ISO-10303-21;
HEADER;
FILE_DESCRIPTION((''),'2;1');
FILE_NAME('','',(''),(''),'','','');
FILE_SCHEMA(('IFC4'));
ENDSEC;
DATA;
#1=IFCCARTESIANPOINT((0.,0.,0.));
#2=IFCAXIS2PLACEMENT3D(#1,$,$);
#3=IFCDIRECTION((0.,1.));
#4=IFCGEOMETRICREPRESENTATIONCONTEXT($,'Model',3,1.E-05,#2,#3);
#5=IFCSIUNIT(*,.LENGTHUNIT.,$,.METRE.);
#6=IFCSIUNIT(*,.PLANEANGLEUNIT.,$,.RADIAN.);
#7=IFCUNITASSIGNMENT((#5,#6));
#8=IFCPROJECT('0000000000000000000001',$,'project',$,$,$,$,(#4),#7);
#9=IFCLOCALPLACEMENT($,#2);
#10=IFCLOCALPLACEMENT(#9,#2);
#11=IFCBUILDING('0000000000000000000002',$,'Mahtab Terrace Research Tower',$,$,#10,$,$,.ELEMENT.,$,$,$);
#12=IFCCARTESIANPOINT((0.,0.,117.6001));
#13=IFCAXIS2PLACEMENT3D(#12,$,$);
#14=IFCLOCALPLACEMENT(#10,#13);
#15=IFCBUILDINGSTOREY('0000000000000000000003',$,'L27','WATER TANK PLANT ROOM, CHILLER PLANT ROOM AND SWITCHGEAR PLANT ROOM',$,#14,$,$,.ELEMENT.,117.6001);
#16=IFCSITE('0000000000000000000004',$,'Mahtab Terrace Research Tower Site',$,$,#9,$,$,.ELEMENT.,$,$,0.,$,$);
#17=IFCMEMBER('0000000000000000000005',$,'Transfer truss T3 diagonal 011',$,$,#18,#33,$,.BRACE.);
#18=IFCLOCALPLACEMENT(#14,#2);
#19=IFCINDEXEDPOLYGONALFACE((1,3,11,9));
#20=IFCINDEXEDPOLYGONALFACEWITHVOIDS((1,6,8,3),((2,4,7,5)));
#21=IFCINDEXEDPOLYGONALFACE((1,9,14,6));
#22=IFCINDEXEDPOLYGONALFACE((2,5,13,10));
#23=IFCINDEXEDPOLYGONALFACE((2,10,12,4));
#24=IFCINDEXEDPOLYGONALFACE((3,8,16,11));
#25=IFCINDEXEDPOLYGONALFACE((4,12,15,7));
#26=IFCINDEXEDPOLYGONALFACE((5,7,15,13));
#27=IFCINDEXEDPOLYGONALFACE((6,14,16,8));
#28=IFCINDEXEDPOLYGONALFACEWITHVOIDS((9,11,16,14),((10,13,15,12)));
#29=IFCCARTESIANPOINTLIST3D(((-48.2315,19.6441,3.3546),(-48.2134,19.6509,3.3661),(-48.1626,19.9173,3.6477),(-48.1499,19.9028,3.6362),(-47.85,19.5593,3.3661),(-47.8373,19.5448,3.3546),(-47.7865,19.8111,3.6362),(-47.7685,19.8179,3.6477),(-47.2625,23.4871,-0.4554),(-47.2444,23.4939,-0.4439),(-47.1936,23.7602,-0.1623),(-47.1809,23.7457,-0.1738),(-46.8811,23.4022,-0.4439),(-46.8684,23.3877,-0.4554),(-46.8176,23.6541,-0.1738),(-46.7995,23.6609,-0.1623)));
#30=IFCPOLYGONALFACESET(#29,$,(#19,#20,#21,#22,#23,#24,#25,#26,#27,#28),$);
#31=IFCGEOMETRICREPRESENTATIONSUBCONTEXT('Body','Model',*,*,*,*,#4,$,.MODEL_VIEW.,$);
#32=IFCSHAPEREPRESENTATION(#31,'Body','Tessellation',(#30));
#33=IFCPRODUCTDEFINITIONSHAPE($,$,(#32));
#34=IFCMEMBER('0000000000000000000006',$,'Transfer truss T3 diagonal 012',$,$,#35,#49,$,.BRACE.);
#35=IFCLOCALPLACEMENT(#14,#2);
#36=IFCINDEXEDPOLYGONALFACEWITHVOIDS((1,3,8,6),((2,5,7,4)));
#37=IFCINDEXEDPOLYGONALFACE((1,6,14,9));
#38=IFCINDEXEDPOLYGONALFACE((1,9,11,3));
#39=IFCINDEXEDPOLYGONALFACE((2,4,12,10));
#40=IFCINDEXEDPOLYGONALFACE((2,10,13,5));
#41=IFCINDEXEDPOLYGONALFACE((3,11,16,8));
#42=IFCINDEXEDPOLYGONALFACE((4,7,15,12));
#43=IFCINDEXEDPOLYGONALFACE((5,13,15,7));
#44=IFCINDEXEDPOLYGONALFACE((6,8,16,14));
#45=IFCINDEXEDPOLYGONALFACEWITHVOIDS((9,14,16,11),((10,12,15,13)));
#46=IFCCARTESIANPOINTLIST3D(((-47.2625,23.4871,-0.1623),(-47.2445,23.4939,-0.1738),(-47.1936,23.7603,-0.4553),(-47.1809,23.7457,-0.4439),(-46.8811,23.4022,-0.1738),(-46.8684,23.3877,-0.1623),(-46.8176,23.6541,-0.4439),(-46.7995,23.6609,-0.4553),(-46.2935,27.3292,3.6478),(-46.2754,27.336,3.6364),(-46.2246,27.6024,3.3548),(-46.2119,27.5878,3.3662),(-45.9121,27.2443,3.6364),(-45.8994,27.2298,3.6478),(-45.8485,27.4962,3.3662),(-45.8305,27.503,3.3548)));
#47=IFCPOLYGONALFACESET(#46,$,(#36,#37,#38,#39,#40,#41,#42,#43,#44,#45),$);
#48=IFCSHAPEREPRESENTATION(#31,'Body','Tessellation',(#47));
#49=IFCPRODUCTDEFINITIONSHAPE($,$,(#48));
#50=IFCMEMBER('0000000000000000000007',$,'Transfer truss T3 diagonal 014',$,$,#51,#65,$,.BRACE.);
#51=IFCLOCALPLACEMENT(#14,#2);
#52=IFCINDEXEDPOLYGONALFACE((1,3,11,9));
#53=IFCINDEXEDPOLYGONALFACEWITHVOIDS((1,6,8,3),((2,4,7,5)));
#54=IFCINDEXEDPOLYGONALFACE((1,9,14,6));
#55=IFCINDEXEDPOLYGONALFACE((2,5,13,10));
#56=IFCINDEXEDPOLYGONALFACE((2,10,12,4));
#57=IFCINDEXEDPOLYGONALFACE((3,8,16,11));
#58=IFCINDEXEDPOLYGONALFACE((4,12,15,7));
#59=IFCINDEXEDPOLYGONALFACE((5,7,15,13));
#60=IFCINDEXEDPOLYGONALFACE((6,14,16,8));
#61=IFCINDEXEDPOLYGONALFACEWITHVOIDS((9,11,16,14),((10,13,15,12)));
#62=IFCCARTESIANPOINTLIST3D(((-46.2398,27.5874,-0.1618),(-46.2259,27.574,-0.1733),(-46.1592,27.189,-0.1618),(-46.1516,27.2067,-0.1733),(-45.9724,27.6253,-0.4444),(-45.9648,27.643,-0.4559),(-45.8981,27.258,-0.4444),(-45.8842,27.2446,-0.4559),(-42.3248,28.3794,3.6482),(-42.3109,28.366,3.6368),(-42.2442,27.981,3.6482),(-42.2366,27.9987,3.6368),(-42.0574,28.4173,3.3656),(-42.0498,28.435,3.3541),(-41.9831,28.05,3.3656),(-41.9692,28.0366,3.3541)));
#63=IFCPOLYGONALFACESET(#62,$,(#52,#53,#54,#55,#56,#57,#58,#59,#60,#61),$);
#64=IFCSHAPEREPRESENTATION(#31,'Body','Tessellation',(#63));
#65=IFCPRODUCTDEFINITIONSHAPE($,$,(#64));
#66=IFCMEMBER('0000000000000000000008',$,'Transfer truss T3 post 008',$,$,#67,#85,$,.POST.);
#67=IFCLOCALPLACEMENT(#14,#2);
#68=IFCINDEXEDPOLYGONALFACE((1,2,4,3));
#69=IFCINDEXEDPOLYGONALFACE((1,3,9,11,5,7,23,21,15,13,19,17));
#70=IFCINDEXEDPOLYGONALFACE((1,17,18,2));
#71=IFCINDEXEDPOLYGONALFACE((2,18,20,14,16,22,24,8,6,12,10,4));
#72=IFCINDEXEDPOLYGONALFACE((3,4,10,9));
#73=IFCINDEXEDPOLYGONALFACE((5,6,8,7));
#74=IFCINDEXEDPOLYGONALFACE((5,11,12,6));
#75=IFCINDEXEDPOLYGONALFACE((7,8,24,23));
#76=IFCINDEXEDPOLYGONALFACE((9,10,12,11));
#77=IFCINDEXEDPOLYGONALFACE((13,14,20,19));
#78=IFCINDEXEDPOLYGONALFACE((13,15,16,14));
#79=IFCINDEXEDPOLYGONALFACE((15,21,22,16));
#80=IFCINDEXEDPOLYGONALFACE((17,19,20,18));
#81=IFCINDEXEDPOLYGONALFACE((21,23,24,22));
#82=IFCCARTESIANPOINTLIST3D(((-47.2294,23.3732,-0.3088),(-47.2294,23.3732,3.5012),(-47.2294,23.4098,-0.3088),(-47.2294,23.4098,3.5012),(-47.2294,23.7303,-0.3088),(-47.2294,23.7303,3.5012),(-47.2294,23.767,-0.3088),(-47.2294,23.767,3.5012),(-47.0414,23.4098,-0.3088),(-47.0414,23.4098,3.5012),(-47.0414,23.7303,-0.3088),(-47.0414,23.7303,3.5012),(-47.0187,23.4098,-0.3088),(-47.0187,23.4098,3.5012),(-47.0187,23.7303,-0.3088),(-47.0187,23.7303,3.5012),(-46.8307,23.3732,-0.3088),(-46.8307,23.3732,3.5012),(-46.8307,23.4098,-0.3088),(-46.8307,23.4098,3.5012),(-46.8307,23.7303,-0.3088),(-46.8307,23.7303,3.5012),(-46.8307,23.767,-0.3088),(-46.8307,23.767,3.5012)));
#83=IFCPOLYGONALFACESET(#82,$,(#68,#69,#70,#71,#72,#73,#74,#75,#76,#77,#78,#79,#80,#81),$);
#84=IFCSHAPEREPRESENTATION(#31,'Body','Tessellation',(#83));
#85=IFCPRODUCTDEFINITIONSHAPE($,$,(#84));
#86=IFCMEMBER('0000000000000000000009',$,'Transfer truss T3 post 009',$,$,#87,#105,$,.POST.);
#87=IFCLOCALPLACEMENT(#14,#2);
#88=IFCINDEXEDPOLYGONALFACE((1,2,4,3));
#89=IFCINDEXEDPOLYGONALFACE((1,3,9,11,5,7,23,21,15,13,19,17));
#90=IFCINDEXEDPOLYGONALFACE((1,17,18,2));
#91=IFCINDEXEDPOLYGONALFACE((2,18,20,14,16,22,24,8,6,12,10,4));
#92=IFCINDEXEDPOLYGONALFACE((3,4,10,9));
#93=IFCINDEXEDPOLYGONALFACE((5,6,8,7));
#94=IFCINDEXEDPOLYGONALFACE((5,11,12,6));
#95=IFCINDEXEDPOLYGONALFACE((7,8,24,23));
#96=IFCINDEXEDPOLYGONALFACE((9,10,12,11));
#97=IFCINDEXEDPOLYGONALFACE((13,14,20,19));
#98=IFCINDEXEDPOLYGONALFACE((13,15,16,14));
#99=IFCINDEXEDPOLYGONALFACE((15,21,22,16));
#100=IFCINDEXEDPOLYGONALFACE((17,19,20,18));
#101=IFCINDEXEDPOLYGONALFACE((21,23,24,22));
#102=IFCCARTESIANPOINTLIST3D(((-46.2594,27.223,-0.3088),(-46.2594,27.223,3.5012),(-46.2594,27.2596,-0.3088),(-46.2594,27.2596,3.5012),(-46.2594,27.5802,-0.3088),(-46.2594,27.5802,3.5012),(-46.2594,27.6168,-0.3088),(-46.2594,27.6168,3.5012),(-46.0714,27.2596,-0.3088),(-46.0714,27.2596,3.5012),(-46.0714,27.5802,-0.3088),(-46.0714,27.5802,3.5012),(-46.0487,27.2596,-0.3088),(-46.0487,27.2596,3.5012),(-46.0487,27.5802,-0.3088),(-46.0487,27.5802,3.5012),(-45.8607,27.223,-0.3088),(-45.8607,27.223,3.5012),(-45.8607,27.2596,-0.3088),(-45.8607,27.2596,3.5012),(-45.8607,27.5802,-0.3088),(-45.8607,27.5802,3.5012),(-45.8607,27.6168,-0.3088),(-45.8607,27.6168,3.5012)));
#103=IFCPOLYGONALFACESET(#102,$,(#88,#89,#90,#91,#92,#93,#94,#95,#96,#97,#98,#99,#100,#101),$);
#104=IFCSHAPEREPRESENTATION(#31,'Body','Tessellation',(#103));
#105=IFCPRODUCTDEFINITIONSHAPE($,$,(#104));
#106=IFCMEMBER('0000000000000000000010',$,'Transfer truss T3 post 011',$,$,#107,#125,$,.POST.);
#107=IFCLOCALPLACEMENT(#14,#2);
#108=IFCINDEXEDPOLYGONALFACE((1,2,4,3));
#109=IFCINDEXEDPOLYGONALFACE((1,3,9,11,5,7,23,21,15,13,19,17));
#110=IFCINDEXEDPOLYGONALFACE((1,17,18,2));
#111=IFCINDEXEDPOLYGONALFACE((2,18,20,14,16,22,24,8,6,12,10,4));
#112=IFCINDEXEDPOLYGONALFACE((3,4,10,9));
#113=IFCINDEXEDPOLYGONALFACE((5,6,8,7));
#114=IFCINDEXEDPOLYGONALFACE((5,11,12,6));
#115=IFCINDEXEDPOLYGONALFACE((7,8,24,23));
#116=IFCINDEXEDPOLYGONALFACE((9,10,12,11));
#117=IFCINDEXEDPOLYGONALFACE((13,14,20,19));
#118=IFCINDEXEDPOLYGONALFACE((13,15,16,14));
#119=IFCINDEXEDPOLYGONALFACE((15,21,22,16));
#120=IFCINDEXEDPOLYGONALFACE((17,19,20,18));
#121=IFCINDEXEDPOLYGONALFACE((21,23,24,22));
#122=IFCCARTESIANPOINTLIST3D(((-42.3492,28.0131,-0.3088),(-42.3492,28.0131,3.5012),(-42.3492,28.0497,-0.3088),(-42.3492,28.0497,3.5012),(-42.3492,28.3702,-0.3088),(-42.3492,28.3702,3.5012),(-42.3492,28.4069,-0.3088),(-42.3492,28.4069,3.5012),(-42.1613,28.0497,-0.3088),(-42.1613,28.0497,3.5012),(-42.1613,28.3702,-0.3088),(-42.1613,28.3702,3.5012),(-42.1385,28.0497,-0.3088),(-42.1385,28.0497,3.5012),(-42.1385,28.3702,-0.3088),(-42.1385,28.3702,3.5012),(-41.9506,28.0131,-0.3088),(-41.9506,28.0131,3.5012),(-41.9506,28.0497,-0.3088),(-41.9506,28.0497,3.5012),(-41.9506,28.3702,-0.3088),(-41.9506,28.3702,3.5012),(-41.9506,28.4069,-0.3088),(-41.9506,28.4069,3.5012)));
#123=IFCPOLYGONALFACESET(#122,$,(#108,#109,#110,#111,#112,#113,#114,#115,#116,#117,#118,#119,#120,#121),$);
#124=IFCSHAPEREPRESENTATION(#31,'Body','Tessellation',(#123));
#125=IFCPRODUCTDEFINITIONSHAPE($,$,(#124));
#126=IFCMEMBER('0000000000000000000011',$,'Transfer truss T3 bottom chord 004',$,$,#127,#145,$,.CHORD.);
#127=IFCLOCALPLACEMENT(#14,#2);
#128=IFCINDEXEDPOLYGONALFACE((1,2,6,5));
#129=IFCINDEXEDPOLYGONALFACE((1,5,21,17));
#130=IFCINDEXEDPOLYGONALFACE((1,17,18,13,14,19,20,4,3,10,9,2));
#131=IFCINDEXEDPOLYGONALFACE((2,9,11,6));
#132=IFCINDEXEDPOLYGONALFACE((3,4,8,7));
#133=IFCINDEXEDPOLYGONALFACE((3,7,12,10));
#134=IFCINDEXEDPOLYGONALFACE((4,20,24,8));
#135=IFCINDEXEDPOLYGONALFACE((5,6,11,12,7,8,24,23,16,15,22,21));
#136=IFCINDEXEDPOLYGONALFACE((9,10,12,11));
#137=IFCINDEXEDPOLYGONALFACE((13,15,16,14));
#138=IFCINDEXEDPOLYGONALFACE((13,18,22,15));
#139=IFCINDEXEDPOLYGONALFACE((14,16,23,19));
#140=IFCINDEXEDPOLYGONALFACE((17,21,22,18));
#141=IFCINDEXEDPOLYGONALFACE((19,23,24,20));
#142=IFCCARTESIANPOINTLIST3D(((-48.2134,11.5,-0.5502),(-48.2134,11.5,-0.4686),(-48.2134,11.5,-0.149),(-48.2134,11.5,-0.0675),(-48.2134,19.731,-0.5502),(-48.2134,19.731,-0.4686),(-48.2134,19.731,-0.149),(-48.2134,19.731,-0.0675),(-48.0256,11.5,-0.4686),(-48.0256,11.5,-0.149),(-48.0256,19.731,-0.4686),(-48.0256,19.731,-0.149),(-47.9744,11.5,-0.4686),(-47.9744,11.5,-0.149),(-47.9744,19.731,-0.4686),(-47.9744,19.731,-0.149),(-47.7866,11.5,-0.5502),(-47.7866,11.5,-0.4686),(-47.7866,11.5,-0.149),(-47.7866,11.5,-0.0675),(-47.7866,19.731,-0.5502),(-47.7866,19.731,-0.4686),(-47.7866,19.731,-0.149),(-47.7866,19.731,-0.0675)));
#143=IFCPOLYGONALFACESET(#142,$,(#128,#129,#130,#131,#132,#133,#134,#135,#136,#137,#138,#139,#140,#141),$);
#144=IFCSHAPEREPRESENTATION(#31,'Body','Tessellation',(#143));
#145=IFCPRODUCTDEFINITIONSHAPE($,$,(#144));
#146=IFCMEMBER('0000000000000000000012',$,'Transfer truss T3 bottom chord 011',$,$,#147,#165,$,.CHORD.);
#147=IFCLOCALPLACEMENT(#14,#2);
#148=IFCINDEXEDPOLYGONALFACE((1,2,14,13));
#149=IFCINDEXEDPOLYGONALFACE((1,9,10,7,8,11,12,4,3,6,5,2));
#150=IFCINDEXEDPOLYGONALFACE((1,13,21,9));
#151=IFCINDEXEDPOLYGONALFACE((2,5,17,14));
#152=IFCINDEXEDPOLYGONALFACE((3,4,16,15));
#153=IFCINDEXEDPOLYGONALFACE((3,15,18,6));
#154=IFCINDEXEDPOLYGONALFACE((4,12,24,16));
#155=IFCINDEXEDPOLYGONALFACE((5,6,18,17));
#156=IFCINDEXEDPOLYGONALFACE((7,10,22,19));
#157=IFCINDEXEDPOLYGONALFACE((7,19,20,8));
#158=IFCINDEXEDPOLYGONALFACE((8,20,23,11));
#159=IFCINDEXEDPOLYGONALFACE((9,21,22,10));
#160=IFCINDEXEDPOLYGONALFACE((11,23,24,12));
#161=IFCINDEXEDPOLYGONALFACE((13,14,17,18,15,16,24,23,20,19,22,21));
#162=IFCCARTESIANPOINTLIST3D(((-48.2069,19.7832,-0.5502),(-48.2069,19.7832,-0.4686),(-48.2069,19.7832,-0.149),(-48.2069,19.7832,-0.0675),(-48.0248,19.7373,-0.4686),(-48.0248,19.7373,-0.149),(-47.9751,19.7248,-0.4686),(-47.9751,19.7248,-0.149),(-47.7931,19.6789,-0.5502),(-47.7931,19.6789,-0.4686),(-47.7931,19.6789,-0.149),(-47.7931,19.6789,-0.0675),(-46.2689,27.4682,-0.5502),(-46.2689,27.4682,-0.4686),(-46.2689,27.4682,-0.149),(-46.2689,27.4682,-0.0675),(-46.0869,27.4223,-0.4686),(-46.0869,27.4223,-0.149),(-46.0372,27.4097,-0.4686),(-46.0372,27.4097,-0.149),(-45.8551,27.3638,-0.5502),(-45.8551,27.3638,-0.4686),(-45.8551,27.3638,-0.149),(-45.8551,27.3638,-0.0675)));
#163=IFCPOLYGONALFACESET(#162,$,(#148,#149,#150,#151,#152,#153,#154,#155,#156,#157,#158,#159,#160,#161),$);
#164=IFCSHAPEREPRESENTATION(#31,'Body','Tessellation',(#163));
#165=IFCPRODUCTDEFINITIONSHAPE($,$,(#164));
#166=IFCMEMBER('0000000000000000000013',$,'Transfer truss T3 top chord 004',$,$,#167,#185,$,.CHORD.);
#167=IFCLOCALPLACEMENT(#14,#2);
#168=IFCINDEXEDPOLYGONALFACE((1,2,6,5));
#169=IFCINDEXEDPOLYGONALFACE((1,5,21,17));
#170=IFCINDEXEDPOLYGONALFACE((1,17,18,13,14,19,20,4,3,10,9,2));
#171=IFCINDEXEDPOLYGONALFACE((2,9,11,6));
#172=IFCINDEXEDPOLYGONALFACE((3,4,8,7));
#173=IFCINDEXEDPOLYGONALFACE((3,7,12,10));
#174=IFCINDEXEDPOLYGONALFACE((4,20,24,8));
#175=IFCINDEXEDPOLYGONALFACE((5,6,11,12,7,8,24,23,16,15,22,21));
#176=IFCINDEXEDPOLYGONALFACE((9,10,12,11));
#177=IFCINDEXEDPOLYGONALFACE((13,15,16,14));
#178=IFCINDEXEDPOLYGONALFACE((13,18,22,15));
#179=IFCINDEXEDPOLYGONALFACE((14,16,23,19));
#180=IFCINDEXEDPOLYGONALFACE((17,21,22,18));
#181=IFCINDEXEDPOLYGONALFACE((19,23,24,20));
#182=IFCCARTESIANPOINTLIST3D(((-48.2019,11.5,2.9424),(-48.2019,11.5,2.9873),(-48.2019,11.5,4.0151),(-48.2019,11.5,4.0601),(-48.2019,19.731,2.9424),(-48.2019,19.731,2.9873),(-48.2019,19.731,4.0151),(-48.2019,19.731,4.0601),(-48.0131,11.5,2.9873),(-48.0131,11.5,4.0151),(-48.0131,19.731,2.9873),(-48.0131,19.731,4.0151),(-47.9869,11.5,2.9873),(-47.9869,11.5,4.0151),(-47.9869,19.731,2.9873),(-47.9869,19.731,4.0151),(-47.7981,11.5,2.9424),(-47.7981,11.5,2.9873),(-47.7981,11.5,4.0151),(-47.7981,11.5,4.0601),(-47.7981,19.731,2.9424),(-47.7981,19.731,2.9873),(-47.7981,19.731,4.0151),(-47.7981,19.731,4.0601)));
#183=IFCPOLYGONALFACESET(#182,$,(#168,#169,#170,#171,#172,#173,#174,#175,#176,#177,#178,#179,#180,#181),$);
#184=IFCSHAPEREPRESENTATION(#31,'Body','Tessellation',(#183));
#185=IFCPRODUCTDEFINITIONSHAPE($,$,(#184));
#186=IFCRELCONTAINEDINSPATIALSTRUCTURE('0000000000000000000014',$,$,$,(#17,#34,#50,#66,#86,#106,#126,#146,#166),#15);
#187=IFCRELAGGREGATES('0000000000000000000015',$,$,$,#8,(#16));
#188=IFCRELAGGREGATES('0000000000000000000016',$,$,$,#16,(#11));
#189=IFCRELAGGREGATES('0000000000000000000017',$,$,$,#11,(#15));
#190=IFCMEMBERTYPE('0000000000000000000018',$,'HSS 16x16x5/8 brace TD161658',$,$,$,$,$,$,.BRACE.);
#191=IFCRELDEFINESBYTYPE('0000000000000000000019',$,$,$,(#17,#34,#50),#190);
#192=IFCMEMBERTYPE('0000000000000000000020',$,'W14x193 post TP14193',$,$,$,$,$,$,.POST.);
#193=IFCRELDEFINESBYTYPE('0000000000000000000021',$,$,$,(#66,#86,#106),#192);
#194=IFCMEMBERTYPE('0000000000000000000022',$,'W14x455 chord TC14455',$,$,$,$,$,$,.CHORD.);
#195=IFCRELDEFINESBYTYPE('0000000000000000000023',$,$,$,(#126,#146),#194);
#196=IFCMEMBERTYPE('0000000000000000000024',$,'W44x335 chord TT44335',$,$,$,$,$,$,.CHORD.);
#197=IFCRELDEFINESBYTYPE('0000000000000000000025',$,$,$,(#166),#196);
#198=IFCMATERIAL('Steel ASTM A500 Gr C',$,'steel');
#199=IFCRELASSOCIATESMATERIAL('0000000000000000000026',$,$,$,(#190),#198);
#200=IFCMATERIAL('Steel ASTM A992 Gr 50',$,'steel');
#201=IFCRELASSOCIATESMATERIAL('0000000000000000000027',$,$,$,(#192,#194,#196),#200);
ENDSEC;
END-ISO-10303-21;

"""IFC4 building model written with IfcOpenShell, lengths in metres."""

from ifc_helpers import new_model, si_unit, direction, frame, origin, origin_2d, place, context, subcontext, project, spatial, hollow_rectangle, i_section, extrude, material, material_profile, profile_set, type_object, element, save


model = new_model("IFC4")

# Units and contexts
model_context = context("Model", 3, precision=1e-05, world=origin(), true_north=direction((0.0, 1.0)))
body_context = subcontext(model_context, "Body", "Model", "MODEL_VIEW")
ifc_project = project(units=[si_unit("LENGTHUNIT", "METRE"), si_unit("PLANEANGLEUNIT", "RADIAN")], contexts=[model_context])

# Site, building, storey
site_placement = place(None, origin())
site = spatial("IfcSite", under=ifc_project, at=site_placement, Name="Mahtab Terrace Research Tower Site", CompositionType="ELEMENT", RefElevation=0.0)
building_placement = place(site_placement, origin())
building = spatial("IfcBuilding", under=site, at=building_placement, Name="Mahtab Terrace Research Tower", CompositionType="ELEMENT")
storey_placement = place(building_placement, frame((0.0, 0.0, 117.6001)))
storey = spatial("IfcBuildingStorey", under=building, at=storey_placement, Name="L27", Description="WATER TANK PLANT ROOM, CHILLER PLANT ROOM AND SWITCHGEAR PLANT ROOM", CompositionType="ELEMENT", Elevation=117.6001)

# Members
ifc_material_1 = material(Name="Steel ASTM A500 Gr C", Category="steel")
ifc_material_profile_1 = material_profile(ifc_material_1, hollow_rectangle(XDim=0.4065, YDim=0.4065, WallThickness=0.0159, at=origin_2d()), Name="HSS16X16X5/8")
ifc_profile_set_1 = profile_set([ifc_material_profile_1], Name="Steel ASTM A500 Gr C")
member_type_1 = type_object("IfcMemberType", Name="HSS 16x16x5/8 brace TD161658", PredefinedType="BRACE", material=ifc_profile_set_1)
member_1_placement = place(storey_placement, frame((-47.031, 23.574, -0.3088), z_axis=(-0.176256, -0.699028, 0.693033), x_axis=(0.969651, -0.244492, 0.0)))
element("IfcMember", 1, at=member_1_placement, inside=storey, type_object=member_type_1, Name="Transfer truss T3 diagonal 011", PredefinedType="BRACE", context=body_context, shape_type="SweptSolid", body=[
    extrude(hollow_rectangle(XDim=0.4065, YDim=0.4065, WallThickness=0.0159, at=origin_2d()), origin(), (0.0, 0.0, 1.0), 5.4976),
])
member_2_placement = place(storey_placement, frame((-47.031, 23.574, -0.3088), z_axis=(0.176278, 0.698937, 0.693119), x_axis=(-0.969637, 0.24455, 0.0)))
element("IfcMember", 2, at=member_2_placement, inside=storey, type_object=member_type_1, Name="Transfer truss T3 diagonal 012", PredefinedType="BRACE", context=body_context, shape_type="SweptSolid", body=[
    extrude(hollow_rectangle(XDim=0.4065, YDim=0.4065, WallThickness=0.0159, at=origin_2d()), origin(), (0.0, 0.0, 1.0), 5.4971),
])
member_3_placement = place(storey_placement, frame((-46.062, 27.416, -0.3088), z_axis=(0.709235, 0.143475, 0.690217), x_axis=(-0.198278, 0.980146, 0.0)))
element("IfcMember", 3, at=member_3_placement, inside=storey, type_object=member_type_1, Name="Transfer truss T3 diagonal 014", PredefinedType="BRACE", context=body_context, shape_type="SweptSolid", body=[
    extrude(hollow_rectangle(XDim=0.4065, YDim=0.4065, WallThickness=0.0159, at=origin_2d()), origin(), (0.0, 0.0, 1.0), 5.52),
])
ifc_material_2 = material(Name="Steel ASTM A992 Gr 50", Category="steel")
ifc_material_profile_2 = material_profile(ifc_material_2, i_section(OverallWidth=0.3987, OverallDepth=0.3938, WebThickness=0.0227, FlangeThickness=0.0366, at=origin_2d()), Name="W14X193")
ifc_profile_set_2 = profile_set([ifc_material_profile_2], Name="Steel ASTM A992 Gr 50")
member_type_2 = type_object("IfcMemberType", Name="W14x193 post TP14193", PredefinedType="POST", material=ifc_profile_set_2)
for number, where, z_axis, x_axis, name in (
    (4, (-47.03, 23.5701, -0.3088), (0.0, 0.0, 1.0), (1.0, 0.0, 0.0), "Transfer truss T3 post 008"),
    (5, (-46.0601, 27.4199, -0.3088), (0.0, 0.0, 1.0), (1.0, 0.0, 0.0), "Transfer truss T3 post 009"),
    (6, (-42.1499, 28.21, -0.3088), (0.0, 0.0, 1.0), (1.0, 0.0, 0.0), "Transfer truss T3 post 011"),
):
    element("IfcMember", number, at=place(storey_placement, frame(where, z_axis=z_axis, x_axis=x_axis)), inside=storey, type_object=member_type_2, Name=name, PredefinedType="POST", context=body_context, shape_type="SweptSolid", body=[
        extrude(i_section(OverallWidth=0.3987, OverallDepth=0.3938, WebThickness=0.0227, FlangeThickness=0.0366, at=origin_2d()), origin(), (0.0, 0.0, 1.0), 3.8101),
    ])
ifc_material_profile_3 = material_profile(ifc_material_2, i_section(OverallWidth=0.4268, OverallDepth=0.4827, WebThickness=0.0513, FlangeThickness=0.0815, at=origin_2d()), Name="W14X455")
ifc_profile_set_3 = profile_set([ifc_material_profile_3], Name="Steel ASTM A992 Gr 50")
member_type_3 = type_object("IfcMemberType", Name="W14x455 chord TC14455", PredefinedType="CHORD", material=ifc_profile_set_3)
member_4_placement = place(storey_placement, frame((-48.0, 19.731, -0.3088), z_axis=(0.0, -1.0, 0.0), x_axis=(1.0, 0.0, 0.0)))
element("IfcMember", 7, at=member_4_placement, inside=storey, type_object=member_type_3, Name="Transfer truss T3 bottom chord 004", PredefinedType="CHORD", context=body_context, shape_type="SweptSolid", body=[
    extrude(i_section(OverallWidth=0.4268, OverallDepth=0.4827, WebThickness=0.0513, FlangeThickness=0.0815, at=origin_2d()), origin(), (0.0, 0.0, 1.0), 8.231),
])
member_5_placement = place(storey_placement, frame((-46.062, 27.416, -0.3088), z_axis=(-0.244521, -0.969644, 0.0), x_axis=(0.969644, -0.244521, 0.0)))
element("IfcMember", 8, at=member_5_placement, inside=storey, type_object=member_type_3, Name="Transfer truss T3 bottom chord 011", PredefinedType="CHORD", context=body_context, shape_type="SweptSolid", body=[
    extrude(i_section(OverallWidth=0.4268, OverallDepth=0.4827, WebThickness=0.0513, FlangeThickness=0.0815, at=origin_2d()), origin(), (0.0, 0.0, 1.0), 7.9255),
])
ifc_material_profile_4 = material_profile(ifc_material_2, i_section(OverallWidth=0.4038, OverallDepth=1.1177, WebThickness=0.0261, FlangeThickness=0.0449, at=origin_2d()), Name="W44X335")
ifc_profile_set_4 = profile_set([ifc_material_profile_4], Name="Steel ASTM A992 Gr 50")
member_type_4 = type_object("IfcMemberType", Name="W44x335 chord TT44335", PredefinedType="CHORD", material=ifc_profile_set_4)
member_6_placement = place(storey_placement, frame((-48.0, 19.731, 3.5012), z_axis=(0.0, -1.0, 0.0), x_axis=(1.0, 0.0, 0.0)))
element("IfcMember", 9, at=member_6_placement, inside=storey, type_object=member_type_4, Name="Transfer truss T3 top chord 004", PredefinedType="CHORD", context=body_context, shape_type="SweptSolid", body=[
    extrude(i_section(OverallWidth=0.4038, OverallDepth=1.1177, WebThickness=0.0261, FlangeThickness=0.0449, at=origin_2d()), origin(), (0.0, 0.0, 1.0), 8.231),
])

save(model, "model.ifc")
